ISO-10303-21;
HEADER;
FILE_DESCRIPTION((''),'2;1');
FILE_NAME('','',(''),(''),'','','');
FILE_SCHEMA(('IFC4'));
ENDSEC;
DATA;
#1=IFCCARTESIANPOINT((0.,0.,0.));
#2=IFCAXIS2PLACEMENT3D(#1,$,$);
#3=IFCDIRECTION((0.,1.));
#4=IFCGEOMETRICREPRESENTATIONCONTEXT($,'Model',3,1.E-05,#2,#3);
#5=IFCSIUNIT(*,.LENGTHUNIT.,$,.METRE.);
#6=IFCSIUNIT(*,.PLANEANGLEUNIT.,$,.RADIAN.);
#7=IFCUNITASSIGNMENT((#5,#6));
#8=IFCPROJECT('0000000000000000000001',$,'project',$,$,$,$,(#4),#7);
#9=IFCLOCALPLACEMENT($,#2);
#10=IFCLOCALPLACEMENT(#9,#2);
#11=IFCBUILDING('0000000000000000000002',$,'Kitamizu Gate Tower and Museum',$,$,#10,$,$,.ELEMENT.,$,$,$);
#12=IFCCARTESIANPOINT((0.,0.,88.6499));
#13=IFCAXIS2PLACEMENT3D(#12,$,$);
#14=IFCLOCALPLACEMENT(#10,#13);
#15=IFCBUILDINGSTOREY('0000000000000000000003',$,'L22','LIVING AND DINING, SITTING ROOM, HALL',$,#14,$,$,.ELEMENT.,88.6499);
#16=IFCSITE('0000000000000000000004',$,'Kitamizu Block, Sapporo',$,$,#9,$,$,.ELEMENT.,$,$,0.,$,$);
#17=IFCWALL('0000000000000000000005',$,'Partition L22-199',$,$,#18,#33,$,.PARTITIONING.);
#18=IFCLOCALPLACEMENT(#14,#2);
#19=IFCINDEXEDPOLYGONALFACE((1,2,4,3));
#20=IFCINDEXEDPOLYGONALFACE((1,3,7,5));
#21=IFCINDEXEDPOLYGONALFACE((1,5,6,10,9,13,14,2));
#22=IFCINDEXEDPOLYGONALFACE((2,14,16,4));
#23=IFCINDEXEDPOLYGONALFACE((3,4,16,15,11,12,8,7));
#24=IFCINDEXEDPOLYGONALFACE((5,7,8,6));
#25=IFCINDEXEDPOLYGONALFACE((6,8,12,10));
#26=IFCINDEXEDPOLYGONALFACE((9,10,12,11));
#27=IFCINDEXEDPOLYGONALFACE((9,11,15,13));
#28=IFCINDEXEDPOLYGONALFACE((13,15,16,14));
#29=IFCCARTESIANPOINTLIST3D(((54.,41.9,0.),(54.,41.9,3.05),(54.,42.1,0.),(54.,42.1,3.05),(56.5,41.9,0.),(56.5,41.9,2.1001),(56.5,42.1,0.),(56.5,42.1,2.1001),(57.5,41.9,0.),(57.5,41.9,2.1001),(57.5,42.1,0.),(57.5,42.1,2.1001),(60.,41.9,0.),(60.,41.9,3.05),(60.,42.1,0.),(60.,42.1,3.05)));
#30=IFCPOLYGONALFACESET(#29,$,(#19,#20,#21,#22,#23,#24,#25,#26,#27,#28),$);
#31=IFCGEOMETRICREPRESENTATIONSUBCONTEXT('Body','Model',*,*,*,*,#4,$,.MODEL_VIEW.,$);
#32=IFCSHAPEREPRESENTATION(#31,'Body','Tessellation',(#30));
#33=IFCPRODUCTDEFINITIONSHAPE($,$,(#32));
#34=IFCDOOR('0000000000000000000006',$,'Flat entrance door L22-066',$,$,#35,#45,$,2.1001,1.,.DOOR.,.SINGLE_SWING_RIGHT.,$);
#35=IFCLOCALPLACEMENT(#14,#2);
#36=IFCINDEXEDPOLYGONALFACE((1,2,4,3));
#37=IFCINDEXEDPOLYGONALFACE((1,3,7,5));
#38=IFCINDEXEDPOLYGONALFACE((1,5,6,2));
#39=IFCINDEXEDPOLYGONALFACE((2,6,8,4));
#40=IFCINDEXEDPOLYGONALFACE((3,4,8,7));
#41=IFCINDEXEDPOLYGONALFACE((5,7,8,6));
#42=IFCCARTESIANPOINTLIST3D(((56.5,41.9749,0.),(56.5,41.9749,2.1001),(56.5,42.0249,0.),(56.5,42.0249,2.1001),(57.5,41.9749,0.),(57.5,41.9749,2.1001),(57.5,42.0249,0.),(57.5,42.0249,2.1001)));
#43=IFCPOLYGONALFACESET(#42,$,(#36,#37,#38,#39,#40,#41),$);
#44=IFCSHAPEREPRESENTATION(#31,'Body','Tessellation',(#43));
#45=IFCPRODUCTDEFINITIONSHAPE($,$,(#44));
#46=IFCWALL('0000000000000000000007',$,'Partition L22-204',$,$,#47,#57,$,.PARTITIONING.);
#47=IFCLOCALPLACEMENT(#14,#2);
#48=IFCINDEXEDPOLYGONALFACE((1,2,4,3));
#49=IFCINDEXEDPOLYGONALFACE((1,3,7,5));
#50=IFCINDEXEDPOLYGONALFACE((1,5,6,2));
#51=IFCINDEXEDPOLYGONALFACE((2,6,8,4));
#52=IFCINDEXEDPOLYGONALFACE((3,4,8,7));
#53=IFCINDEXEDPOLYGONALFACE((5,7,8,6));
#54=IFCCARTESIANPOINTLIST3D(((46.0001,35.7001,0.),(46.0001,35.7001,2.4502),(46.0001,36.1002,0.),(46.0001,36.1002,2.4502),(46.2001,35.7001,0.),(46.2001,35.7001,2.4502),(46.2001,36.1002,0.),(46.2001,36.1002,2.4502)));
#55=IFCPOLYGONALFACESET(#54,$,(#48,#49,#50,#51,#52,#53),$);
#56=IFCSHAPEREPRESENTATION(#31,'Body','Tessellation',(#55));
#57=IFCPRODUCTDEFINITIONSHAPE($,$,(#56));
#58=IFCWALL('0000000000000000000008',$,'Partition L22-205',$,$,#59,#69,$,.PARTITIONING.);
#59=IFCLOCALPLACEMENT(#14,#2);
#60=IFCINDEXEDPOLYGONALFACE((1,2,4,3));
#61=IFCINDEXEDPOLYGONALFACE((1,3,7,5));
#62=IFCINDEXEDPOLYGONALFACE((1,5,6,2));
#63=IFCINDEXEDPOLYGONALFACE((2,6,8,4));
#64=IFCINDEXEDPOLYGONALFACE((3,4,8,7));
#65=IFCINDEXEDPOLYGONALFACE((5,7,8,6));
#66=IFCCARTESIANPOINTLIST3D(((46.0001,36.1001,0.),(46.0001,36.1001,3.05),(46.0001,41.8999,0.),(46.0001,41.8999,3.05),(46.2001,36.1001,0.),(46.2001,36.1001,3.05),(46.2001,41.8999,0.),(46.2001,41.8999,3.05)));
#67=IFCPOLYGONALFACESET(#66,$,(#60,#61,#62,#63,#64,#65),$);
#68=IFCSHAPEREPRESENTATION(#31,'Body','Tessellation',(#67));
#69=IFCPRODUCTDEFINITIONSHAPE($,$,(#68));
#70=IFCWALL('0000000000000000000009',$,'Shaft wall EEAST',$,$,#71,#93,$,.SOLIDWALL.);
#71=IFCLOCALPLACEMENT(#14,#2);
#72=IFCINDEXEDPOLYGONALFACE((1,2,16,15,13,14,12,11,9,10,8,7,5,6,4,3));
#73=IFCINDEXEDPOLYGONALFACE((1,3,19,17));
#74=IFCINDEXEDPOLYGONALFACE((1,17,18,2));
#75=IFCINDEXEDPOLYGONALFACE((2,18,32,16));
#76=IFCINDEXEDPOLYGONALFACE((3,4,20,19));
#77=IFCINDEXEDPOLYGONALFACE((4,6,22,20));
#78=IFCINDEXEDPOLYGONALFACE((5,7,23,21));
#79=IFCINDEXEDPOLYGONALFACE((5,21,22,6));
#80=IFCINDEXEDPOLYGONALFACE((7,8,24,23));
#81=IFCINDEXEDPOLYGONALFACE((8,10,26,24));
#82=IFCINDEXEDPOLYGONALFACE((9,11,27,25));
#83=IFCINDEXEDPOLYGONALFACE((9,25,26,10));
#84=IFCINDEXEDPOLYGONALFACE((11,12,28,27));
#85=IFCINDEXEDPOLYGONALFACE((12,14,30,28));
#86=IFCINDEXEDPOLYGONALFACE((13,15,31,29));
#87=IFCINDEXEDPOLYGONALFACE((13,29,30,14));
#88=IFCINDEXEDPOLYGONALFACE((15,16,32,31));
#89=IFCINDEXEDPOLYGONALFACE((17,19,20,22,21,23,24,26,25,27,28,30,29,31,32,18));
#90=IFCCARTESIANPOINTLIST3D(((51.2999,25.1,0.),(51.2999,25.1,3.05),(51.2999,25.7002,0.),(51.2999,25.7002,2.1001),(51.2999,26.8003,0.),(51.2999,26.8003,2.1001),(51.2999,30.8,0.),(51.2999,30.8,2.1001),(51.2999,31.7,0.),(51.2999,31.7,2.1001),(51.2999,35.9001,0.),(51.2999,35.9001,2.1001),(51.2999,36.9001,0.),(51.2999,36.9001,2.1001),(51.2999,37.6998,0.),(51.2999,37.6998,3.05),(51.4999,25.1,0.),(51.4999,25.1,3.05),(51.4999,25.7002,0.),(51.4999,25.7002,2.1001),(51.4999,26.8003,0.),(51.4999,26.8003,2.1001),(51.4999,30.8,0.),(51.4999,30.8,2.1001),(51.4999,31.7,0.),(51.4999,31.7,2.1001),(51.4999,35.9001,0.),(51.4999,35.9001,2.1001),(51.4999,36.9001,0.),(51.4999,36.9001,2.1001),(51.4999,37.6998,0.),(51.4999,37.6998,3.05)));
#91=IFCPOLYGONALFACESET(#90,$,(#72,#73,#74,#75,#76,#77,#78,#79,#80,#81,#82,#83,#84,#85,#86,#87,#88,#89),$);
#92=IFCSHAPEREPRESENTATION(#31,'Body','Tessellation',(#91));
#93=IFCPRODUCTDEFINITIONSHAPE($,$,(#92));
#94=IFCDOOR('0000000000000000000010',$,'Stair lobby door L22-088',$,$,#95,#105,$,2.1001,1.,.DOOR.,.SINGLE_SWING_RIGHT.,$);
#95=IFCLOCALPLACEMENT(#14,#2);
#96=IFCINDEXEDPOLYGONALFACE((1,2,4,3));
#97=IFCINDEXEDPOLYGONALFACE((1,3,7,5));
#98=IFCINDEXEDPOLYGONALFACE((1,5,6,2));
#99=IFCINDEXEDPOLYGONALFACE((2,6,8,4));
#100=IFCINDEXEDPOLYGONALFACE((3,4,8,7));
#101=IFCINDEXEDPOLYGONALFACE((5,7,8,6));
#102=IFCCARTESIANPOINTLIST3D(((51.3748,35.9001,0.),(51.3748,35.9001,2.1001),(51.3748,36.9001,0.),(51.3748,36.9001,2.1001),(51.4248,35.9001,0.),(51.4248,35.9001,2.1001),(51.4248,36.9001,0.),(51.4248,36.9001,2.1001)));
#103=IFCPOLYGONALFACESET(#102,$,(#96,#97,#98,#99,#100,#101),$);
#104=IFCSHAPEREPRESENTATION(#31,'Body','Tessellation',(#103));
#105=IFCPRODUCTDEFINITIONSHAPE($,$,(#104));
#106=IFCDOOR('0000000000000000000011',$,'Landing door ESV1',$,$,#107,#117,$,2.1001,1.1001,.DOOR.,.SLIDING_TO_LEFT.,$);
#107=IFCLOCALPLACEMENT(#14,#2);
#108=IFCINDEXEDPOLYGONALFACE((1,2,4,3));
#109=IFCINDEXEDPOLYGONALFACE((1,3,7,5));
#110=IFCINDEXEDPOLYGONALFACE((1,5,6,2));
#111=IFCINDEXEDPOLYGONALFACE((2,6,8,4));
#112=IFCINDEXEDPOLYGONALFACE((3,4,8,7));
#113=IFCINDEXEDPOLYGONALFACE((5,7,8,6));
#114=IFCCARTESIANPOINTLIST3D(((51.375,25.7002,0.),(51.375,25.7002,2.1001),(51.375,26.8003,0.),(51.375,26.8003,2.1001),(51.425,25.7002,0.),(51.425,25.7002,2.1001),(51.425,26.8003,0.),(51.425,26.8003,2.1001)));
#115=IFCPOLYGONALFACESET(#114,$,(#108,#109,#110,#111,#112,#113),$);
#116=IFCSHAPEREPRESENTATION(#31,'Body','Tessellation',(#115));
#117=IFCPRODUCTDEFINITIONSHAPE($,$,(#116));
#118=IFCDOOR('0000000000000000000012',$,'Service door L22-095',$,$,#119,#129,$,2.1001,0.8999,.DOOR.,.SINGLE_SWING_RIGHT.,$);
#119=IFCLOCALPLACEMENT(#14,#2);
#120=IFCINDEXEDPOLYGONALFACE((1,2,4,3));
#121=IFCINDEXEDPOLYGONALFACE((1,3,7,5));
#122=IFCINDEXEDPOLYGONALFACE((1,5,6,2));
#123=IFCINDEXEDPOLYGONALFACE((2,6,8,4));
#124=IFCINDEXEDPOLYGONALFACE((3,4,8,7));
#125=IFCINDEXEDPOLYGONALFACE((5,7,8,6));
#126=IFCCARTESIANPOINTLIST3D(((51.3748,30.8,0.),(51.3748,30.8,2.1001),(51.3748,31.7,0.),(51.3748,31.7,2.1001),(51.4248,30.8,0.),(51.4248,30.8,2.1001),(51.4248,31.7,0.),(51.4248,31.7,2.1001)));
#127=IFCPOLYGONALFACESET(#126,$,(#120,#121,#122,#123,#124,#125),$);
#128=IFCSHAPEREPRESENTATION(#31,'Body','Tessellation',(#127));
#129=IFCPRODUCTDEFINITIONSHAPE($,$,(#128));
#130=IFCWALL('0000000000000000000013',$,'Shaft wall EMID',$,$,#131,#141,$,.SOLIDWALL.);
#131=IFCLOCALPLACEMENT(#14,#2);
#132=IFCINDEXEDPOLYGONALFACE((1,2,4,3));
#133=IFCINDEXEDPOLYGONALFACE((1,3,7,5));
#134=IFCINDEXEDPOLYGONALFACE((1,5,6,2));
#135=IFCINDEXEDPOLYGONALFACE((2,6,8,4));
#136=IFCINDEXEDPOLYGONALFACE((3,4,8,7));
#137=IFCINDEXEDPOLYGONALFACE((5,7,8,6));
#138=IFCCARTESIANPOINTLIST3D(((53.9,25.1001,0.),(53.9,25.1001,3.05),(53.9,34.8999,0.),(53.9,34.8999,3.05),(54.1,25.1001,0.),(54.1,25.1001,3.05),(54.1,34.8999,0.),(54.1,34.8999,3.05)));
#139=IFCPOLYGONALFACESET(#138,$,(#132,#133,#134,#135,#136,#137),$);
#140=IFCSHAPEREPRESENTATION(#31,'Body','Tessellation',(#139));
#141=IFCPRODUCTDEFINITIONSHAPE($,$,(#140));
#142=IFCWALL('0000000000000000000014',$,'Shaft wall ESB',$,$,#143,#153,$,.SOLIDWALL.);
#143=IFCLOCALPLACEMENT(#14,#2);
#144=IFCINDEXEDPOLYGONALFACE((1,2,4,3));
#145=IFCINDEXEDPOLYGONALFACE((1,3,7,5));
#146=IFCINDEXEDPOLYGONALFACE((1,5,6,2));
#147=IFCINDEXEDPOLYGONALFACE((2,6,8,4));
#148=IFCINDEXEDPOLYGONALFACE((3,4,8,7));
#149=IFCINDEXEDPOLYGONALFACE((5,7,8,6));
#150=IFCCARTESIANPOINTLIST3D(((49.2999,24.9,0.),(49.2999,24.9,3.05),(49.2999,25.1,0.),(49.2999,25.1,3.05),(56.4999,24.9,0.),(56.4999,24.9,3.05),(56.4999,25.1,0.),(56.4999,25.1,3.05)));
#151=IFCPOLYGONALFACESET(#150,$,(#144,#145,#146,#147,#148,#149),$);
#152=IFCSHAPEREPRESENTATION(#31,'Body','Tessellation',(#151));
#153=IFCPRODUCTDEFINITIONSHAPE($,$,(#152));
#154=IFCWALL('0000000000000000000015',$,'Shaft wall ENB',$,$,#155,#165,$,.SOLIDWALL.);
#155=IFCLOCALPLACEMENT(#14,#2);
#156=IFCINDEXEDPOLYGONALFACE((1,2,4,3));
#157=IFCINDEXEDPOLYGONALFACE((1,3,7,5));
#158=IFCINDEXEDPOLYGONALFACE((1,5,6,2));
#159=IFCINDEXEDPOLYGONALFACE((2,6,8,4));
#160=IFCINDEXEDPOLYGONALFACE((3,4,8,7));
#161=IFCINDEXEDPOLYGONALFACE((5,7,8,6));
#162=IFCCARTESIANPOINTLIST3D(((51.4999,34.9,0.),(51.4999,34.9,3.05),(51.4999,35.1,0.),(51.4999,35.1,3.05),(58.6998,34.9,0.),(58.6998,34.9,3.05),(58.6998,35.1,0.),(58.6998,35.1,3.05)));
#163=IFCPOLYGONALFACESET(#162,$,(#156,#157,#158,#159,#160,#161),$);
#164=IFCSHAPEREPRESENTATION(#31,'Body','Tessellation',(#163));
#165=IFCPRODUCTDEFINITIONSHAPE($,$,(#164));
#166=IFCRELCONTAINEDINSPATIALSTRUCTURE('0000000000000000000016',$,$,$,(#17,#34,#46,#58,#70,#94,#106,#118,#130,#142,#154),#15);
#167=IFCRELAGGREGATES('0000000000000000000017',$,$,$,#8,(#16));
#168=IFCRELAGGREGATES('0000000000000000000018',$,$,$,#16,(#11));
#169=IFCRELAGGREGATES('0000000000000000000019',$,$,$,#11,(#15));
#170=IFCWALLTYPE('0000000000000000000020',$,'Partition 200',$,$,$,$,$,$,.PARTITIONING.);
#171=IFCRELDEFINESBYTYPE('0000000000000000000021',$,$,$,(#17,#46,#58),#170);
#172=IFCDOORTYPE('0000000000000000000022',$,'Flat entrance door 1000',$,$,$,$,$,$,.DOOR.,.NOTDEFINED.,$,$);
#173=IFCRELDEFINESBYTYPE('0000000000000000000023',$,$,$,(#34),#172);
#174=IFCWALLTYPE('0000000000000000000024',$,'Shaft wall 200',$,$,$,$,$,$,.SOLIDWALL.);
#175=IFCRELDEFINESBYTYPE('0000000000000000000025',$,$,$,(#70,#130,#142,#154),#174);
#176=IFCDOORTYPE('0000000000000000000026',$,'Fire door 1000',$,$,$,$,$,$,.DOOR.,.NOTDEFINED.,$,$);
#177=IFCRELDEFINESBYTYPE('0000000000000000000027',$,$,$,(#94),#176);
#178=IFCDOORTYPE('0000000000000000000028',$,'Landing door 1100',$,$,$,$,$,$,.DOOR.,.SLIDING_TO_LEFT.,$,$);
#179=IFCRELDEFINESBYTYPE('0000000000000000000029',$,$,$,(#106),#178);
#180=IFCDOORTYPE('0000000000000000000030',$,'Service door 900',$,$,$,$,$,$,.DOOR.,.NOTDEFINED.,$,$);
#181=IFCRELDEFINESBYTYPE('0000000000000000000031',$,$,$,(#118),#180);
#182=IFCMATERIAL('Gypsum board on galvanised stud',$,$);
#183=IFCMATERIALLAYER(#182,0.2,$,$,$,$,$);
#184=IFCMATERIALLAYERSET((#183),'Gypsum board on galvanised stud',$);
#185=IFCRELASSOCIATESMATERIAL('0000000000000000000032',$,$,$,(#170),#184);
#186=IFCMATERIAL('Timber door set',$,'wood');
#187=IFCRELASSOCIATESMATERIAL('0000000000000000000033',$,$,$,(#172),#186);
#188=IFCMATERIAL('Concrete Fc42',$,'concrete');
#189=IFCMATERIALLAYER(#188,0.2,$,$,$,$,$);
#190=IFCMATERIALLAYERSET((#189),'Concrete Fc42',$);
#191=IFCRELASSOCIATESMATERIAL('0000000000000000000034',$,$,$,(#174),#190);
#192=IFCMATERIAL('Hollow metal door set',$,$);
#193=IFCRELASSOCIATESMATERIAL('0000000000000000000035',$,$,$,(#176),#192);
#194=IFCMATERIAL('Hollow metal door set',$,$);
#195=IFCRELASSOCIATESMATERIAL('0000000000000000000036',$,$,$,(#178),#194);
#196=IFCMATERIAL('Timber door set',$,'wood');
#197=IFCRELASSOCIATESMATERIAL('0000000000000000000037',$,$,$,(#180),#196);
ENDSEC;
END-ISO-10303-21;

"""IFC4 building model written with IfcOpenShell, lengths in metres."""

from ifc_helpers import new_model, si_unit, direction, frame, frame_2d, origin, place, context, subcontext, project, spatial, rectangle, extrude, material, layer, layer_set, type_object, element, fill, save


model = new_model("IFC4")

# Units and contexts
model_context = context("Model", 3, precision=1e-05, world=origin(), true_north=direction((0.0, 1.0)))
body_context = subcontext(model_context, "Body", "Model", "MODEL_VIEW")
ifc_project = project(units=[si_unit("LENGTHUNIT", "METRE"), si_unit("PLANEANGLEUNIT", "RADIAN")], contexts=[model_context])

# Site, building, storey
site_placement = place(None, origin())
site = spatial("IfcSite", under=ifc_project, at=site_placement, Name="Kitamizu Block, Sapporo", CompositionType="ELEMENT", RefElevation=0.0)
building_placement = place(site_placement, origin())
building = spatial("IfcBuilding", under=site, at=building_placement, Name="Kitamizu Gate Tower and Museum", CompositionType="ELEMENT")
storey_placement = place(building_placement, frame((0.0, 0.0, 88.6499)))
storey = spatial("IfcBuildingStorey", under=building, at=storey_placement, Name="L22", Description="LIVING AND DINING, SITTING ROOM, HALL", CompositionType="ELEMENT", Elevation=88.6499)

# Shared definitions
ifc_material_1 = material(Name="Gypsum board on galvanised stud")
ifc_layer_1 = layer(ifc_material_1, 0.2)
ifc_layer_set_1 = layer_set([ifc_layer_1], Name="Gypsum board on galvanised stud")
wall_type_1 = type_object("IfcWallType", Name="Partition 200", PredefinedType="PARTITIONING", material=ifc_layer_set_1)

# Wall, opening, door
wall_1_placement = place(storey_placement, frame((54.0, 42.0, 0.0), z_axis=(0.0, 0.0, 1.0), x_axis=(1.0, 0.0, 0.0)))
wall_1 = element("IfcWall", 1, at=wall_1_placement, inside=storey, type_object=wall_type_1, Name="Partition L22-199", PredefinedType="PARTITIONING", context=body_context, shape_type="SweptSolid", body=[
    extrude(rectangle(XDim=6.0, YDim=0.2, at=frame_2d((3.0, 0.0))), origin(), (0.0, 0.0, 1.0), 3.05),
])
opening_1_placement = place(wall_1_placement, frame((2.5, 0.0, 0.0)))
opening_1 = element("IfcOpeningElement", 2, at=opening_1_placement, cuts=wall_1, PredefinedType="OPENING", context=body_context, shape_type="SweptSolid", body=[
    extrude(rectangle(XDim=1.0, YDim=2.1001, at=frame_2d((0.5, 1.05))), frame((0.0, 0.1099, 0.0), z_axis=(0.0, -1.0, 0.0), x_axis=(1.0, 0.0, 0.0)), (0.0, 0.0, 1.0), 0.22),
])
ifc_material_2 = material(Name="Timber door set", Category="wood")
door_type_1 = type_object("IfcDoorType", Name="Flat entrance door 1000", OperationType="NOTDEFINED", PredefinedType="DOOR", material=ifc_material_2)
door_1_placement = place(opening_1_placement, origin())
door_1 = element("IfcDoor", 3, at=door_1_placement, inside=storey, type_object=door_type_1, Name="Flat entrance door L22-066", OperationType="SINGLE_SWING_RIGHT", OverallHeight=2.1001, OverallWidth=1.0, PredefinedType="DOOR", context=body_context, shape_type="SweptSolid", body=[
    extrude(rectangle(XDim=1.0, YDim=2.1001, at=frame_2d((0.5, 1.05))), frame((0.0, 0.0249, 0.0), z_axis=(0.0, -1.0, 0.0), x_axis=(1.0, 0.0, 0.0)), (0.0, 0.0, 1.0), 0.05),
])
fill(opening_1, door_1)

# Walls
wall_2_placement = place(storey_placement, frame((46.1001, 35.7, 0.0), z_axis=(0.0, 0.0, 1.0), x_axis=(0.0, 1.0, 0.0)))
element("IfcWall", 4, at=wall_2_placement, inside=storey, type_object=wall_type_1, Name="Partition L22-204", PredefinedType="PARTITIONING", context=body_context, shape_type="SweptSolid", body=[
    extrude(rectangle(XDim=0.4001, YDim=0.2, at=frame_2d((0.2002, 0.0))), origin(), (0.0, 0.0, 1.0), 2.4502),
])
wall_3_placement = place(storey_placement, frame((46.1001, 36.1001, 0.0), z_axis=(0.0, 0.0, 1.0), x_axis=(0.0, 1.0, 0.0)))
element("IfcWall", 5, at=wall_3_placement, inside=storey, type_object=wall_type_1, Name="Partition L22-205", PredefinedType="PARTITIONING", context=body_context, shape_type="SweptSolid", body=[
    extrude(rectangle(XDim=5.7998, YDim=0.2, at=frame_2d((2.8999, 0.0))), origin(), (0.0, 0.0, 1.0), 3.05),
])

# Wall, openings, doors
ifc_material_3 = material(Name="Concrete Fc42", Category="concrete")
ifc_layer_2 = layer(ifc_material_3, 0.2)
ifc_layer_set_2 = layer_set([ifc_layer_2], Name="Concrete Fc42")
wall_type_2 = type_object("IfcWallType", Name="Shaft wall 200", PredefinedType="SOLIDWALL", material=ifc_layer_set_2)
wall_4_placement = place(storey_placement, frame((51.3999, 25.1001, 0.0), z_axis=(0.0, 0.0, 1.0), x_axis=(0.0, 1.0, 0.0)))
wall_4 = element("IfcWall", 6, at=wall_4_placement, inside=storey, type_object=wall_type_2, Name="Shaft wall EEAST", PredefinedType="SOLIDWALL", context=body_context, shape_type="SweptSolid", body=[
    extrude(rectangle(XDim=12.5999, YDim=0.2, at=frame_2d((6.2998, 0.0))), origin(), (0.0, 0.0, 1.0), 3.05),
])
opening_2_placement = place(wall_4_placement, frame((0.6001, 0.0, 0.0)))
opening_2 = element("IfcOpeningElement", 7, at=opening_2_placement, cuts=wall_4, PredefinedType="OPENING", context=body_context, shape_type="SweptSolid", body=[
    extrude(rectangle(XDim=1.1001, YDim=2.1001, at=frame_2d((0.55, 1.05))), frame((0.0, 0.1099, 0.0), z_axis=(0.0, -1.0, 0.0), x_axis=(1.0, 0.0, 0.0)), (0.0, 0.0, 1.0), 0.22),
])
opening_3_placement = place(wall_4_placement, frame((10.8, 0.0, 0.0)))
opening_3 = element("IfcOpeningElement", 8, at=opening_3_placement, cuts=wall_4, PredefinedType="OPENING", context=body_context, shape_type="SweptSolid", body=[
    extrude(rectangle(XDim=1.0, YDim=2.1001, at=frame_2d((0.5, 1.05))), frame((0.0, 0.1099, 0.0), z_axis=(0.0, -1.0, 0.0), x_axis=(1.0, 0.0, 0.0)), (0.0, 0.0, 1.0), 0.22),
])
opening_4_placement = place(wall_4_placement, frame((5.7, 0.0, 0.0)))
opening_4 = element("IfcOpeningElement", 9, at=opening_4_placement, cuts=wall_4, PredefinedType="OPENING", context=body_context, shape_type="SweptSolid", body=[
    extrude(rectangle(XDim=0.8999, YDim=2.1001, at=frame_2d((0.45, 1.05))), frame((0.0, 0.1099, 0.0), z_axis=(0.0, -1.0, 0.0), x_axis=(1.0, 0.0, 0.0)), (0.0, 0.0, 1.0), 0.22),
])
ifc_material_4 = material(Name="Hollow metal door set")
door_type_2 = type_object("IfcDoorType", Name="Fire door 1000", OperationType="NOTDEFINED", PredefinedType="DOOR", material=ifc_material_4)
door_2_placement = place(opening_3_placement, frame((1.0, 0.0, 0.0), x_axis=(-1.0, 0.0, 0.0)))
door_2 = element("IfcDoor", 10, at=door_2_placement, inside=storey, type_object=door_type_2, Name="Stair lobby door L22-088", OperationType="SINGLE_SWING_RIGHT", OverallHeight=2.1001, OverallWidth=1.0, PredefinedType="DOOR", context=body_context, shape_type="SweptSolid", body=[
    extrude(rectangle(XDim=1.0, YDim=2.1001, at=frame_2d((0.5, 1.05))), frame((0.0, 0.0249, 0.0), z_axis=(0.0, -1.0, 0.0), x_axis=(1.0, 0.0, 0.0)), (0.0, 0.0, 1.0), 0.05),
])
fill(opening_3, door_2)
ifc_material_5 = material(Name="Hollow metal door set")
door_type_3 = type_object("IfcDoorType", Name="Landing door 1100", OperationType="SLIDING_TO_LEFT", PredefinedType="DOOR", material=ifc_material_5)
door_3_placement = place(opening_2_placement, origin())
door_3 = element("IfcDoor", 11, at=door_3_placement, inside=storey, type_object=door_type_3, Name="Landing door ESV1", OperationType="SLIDING_TO_LEFT", OverallHeight=2.1001, OverallWidth=1.1001, PredefinedType="DOOR", context=body_context, shape_type="SweptSolid", body=[
    extrude(rectangle(XDim=1.1001, YDim=2.1001, at=frame_2d((0.55, 1.05))), frame((0.0, 0.0249, 0.0), z_axis=(0.0, -1.0, 0.0), x_axis=(1.0, 0.0, 0.0)), (0.0, 0.0, 1.0), 0.05),
])
fill(opening_2, door_3)
ifc_material_6 = material(Name="Timber door set", Category="wood")
door_type_4 = type_object("IfcDoorType", Name="Service door 900", OperationType="NOTDEFINED", PredefinedType="DOOR", material=ifc_material_6)
door_4_placement = place(opening_4_placement, frame((0.8999, 0.0, 0.0), x_axis=(-1.0, 0.0, 0.0)))
door_4 = element("IfcDoor", 12, at=door_4_placement, inside=storey, type_object=door_type_4, Name="Service door L22-095", OperationType="SINGLE_SWING_RIGHT", OverallHeight=2.1001, OverallWidth=0.8999, PredefinedType="DOOR", context=body_context, shape_type="SweptSolid", body=[
    extrude(rectangle(XDim=0.8999, YDim=2.1001, at=frame_2d((0.45, 1.05))), frame((0.0, 0.0249, 0.0), z_axis=(0.0, -1.0, 0.0), x_axis=(1.0, 0.0, 0.0)), (0.0, 0.0, 1.0), 0.05),
])
fill(opening_4, door_4)

# Walls
wall_5_placement = place(storey_placement, frame((54.0, 25.1001, 0.0), z_axis=(0.0, 0.0, 1.0), x_axis=(0.0, 1.0, 0.0)))
element("IfcWall", 13, at=wall_5_placement, inside=storey, type_object=wall_type_2, Name="Shaft wall EMID", PredefinedType="SOLIDWALL", context=body_context, shape_type="SweptSolid", body=[
    extrude(rectangle(XDim=9.7998, YDim=0.2, at=frame_2d((4.8999, 0.0))), origin(), (0.0, 0.0, 1.0), 3.05),
])
for number, where, z_axis, x_axis, name in (
    (14, (56.5, 25.0, 0.0), (0.0, 0.0, 1.0), (-1.0, 0.0, 0.0), "Shaft wall ESB"),
    (15, (58.7, 35.0, 0.0), (0.0, 0.0, 1.0), (-1.0, 0.0, 0.0), "Shaft wall ENB"),
):
    element("IfcWall", number, at=place(storey_placement, frame(where, z_axis=z_axis, x_axis=x_axis)), inside=storey, type_object=wall_type_2, Name=name, PredefinedType="SOLIDWALL", context=body_context, shape_type="SweptSolid", body=[
        extrude(rectangle(XDim=7.2, YDim=0.2, at=frame_2d((3.6001, 0.0))), origin(), (0.0, 0.0, 1.0), 3.05),
    ])

save(model, "model.ifc")
